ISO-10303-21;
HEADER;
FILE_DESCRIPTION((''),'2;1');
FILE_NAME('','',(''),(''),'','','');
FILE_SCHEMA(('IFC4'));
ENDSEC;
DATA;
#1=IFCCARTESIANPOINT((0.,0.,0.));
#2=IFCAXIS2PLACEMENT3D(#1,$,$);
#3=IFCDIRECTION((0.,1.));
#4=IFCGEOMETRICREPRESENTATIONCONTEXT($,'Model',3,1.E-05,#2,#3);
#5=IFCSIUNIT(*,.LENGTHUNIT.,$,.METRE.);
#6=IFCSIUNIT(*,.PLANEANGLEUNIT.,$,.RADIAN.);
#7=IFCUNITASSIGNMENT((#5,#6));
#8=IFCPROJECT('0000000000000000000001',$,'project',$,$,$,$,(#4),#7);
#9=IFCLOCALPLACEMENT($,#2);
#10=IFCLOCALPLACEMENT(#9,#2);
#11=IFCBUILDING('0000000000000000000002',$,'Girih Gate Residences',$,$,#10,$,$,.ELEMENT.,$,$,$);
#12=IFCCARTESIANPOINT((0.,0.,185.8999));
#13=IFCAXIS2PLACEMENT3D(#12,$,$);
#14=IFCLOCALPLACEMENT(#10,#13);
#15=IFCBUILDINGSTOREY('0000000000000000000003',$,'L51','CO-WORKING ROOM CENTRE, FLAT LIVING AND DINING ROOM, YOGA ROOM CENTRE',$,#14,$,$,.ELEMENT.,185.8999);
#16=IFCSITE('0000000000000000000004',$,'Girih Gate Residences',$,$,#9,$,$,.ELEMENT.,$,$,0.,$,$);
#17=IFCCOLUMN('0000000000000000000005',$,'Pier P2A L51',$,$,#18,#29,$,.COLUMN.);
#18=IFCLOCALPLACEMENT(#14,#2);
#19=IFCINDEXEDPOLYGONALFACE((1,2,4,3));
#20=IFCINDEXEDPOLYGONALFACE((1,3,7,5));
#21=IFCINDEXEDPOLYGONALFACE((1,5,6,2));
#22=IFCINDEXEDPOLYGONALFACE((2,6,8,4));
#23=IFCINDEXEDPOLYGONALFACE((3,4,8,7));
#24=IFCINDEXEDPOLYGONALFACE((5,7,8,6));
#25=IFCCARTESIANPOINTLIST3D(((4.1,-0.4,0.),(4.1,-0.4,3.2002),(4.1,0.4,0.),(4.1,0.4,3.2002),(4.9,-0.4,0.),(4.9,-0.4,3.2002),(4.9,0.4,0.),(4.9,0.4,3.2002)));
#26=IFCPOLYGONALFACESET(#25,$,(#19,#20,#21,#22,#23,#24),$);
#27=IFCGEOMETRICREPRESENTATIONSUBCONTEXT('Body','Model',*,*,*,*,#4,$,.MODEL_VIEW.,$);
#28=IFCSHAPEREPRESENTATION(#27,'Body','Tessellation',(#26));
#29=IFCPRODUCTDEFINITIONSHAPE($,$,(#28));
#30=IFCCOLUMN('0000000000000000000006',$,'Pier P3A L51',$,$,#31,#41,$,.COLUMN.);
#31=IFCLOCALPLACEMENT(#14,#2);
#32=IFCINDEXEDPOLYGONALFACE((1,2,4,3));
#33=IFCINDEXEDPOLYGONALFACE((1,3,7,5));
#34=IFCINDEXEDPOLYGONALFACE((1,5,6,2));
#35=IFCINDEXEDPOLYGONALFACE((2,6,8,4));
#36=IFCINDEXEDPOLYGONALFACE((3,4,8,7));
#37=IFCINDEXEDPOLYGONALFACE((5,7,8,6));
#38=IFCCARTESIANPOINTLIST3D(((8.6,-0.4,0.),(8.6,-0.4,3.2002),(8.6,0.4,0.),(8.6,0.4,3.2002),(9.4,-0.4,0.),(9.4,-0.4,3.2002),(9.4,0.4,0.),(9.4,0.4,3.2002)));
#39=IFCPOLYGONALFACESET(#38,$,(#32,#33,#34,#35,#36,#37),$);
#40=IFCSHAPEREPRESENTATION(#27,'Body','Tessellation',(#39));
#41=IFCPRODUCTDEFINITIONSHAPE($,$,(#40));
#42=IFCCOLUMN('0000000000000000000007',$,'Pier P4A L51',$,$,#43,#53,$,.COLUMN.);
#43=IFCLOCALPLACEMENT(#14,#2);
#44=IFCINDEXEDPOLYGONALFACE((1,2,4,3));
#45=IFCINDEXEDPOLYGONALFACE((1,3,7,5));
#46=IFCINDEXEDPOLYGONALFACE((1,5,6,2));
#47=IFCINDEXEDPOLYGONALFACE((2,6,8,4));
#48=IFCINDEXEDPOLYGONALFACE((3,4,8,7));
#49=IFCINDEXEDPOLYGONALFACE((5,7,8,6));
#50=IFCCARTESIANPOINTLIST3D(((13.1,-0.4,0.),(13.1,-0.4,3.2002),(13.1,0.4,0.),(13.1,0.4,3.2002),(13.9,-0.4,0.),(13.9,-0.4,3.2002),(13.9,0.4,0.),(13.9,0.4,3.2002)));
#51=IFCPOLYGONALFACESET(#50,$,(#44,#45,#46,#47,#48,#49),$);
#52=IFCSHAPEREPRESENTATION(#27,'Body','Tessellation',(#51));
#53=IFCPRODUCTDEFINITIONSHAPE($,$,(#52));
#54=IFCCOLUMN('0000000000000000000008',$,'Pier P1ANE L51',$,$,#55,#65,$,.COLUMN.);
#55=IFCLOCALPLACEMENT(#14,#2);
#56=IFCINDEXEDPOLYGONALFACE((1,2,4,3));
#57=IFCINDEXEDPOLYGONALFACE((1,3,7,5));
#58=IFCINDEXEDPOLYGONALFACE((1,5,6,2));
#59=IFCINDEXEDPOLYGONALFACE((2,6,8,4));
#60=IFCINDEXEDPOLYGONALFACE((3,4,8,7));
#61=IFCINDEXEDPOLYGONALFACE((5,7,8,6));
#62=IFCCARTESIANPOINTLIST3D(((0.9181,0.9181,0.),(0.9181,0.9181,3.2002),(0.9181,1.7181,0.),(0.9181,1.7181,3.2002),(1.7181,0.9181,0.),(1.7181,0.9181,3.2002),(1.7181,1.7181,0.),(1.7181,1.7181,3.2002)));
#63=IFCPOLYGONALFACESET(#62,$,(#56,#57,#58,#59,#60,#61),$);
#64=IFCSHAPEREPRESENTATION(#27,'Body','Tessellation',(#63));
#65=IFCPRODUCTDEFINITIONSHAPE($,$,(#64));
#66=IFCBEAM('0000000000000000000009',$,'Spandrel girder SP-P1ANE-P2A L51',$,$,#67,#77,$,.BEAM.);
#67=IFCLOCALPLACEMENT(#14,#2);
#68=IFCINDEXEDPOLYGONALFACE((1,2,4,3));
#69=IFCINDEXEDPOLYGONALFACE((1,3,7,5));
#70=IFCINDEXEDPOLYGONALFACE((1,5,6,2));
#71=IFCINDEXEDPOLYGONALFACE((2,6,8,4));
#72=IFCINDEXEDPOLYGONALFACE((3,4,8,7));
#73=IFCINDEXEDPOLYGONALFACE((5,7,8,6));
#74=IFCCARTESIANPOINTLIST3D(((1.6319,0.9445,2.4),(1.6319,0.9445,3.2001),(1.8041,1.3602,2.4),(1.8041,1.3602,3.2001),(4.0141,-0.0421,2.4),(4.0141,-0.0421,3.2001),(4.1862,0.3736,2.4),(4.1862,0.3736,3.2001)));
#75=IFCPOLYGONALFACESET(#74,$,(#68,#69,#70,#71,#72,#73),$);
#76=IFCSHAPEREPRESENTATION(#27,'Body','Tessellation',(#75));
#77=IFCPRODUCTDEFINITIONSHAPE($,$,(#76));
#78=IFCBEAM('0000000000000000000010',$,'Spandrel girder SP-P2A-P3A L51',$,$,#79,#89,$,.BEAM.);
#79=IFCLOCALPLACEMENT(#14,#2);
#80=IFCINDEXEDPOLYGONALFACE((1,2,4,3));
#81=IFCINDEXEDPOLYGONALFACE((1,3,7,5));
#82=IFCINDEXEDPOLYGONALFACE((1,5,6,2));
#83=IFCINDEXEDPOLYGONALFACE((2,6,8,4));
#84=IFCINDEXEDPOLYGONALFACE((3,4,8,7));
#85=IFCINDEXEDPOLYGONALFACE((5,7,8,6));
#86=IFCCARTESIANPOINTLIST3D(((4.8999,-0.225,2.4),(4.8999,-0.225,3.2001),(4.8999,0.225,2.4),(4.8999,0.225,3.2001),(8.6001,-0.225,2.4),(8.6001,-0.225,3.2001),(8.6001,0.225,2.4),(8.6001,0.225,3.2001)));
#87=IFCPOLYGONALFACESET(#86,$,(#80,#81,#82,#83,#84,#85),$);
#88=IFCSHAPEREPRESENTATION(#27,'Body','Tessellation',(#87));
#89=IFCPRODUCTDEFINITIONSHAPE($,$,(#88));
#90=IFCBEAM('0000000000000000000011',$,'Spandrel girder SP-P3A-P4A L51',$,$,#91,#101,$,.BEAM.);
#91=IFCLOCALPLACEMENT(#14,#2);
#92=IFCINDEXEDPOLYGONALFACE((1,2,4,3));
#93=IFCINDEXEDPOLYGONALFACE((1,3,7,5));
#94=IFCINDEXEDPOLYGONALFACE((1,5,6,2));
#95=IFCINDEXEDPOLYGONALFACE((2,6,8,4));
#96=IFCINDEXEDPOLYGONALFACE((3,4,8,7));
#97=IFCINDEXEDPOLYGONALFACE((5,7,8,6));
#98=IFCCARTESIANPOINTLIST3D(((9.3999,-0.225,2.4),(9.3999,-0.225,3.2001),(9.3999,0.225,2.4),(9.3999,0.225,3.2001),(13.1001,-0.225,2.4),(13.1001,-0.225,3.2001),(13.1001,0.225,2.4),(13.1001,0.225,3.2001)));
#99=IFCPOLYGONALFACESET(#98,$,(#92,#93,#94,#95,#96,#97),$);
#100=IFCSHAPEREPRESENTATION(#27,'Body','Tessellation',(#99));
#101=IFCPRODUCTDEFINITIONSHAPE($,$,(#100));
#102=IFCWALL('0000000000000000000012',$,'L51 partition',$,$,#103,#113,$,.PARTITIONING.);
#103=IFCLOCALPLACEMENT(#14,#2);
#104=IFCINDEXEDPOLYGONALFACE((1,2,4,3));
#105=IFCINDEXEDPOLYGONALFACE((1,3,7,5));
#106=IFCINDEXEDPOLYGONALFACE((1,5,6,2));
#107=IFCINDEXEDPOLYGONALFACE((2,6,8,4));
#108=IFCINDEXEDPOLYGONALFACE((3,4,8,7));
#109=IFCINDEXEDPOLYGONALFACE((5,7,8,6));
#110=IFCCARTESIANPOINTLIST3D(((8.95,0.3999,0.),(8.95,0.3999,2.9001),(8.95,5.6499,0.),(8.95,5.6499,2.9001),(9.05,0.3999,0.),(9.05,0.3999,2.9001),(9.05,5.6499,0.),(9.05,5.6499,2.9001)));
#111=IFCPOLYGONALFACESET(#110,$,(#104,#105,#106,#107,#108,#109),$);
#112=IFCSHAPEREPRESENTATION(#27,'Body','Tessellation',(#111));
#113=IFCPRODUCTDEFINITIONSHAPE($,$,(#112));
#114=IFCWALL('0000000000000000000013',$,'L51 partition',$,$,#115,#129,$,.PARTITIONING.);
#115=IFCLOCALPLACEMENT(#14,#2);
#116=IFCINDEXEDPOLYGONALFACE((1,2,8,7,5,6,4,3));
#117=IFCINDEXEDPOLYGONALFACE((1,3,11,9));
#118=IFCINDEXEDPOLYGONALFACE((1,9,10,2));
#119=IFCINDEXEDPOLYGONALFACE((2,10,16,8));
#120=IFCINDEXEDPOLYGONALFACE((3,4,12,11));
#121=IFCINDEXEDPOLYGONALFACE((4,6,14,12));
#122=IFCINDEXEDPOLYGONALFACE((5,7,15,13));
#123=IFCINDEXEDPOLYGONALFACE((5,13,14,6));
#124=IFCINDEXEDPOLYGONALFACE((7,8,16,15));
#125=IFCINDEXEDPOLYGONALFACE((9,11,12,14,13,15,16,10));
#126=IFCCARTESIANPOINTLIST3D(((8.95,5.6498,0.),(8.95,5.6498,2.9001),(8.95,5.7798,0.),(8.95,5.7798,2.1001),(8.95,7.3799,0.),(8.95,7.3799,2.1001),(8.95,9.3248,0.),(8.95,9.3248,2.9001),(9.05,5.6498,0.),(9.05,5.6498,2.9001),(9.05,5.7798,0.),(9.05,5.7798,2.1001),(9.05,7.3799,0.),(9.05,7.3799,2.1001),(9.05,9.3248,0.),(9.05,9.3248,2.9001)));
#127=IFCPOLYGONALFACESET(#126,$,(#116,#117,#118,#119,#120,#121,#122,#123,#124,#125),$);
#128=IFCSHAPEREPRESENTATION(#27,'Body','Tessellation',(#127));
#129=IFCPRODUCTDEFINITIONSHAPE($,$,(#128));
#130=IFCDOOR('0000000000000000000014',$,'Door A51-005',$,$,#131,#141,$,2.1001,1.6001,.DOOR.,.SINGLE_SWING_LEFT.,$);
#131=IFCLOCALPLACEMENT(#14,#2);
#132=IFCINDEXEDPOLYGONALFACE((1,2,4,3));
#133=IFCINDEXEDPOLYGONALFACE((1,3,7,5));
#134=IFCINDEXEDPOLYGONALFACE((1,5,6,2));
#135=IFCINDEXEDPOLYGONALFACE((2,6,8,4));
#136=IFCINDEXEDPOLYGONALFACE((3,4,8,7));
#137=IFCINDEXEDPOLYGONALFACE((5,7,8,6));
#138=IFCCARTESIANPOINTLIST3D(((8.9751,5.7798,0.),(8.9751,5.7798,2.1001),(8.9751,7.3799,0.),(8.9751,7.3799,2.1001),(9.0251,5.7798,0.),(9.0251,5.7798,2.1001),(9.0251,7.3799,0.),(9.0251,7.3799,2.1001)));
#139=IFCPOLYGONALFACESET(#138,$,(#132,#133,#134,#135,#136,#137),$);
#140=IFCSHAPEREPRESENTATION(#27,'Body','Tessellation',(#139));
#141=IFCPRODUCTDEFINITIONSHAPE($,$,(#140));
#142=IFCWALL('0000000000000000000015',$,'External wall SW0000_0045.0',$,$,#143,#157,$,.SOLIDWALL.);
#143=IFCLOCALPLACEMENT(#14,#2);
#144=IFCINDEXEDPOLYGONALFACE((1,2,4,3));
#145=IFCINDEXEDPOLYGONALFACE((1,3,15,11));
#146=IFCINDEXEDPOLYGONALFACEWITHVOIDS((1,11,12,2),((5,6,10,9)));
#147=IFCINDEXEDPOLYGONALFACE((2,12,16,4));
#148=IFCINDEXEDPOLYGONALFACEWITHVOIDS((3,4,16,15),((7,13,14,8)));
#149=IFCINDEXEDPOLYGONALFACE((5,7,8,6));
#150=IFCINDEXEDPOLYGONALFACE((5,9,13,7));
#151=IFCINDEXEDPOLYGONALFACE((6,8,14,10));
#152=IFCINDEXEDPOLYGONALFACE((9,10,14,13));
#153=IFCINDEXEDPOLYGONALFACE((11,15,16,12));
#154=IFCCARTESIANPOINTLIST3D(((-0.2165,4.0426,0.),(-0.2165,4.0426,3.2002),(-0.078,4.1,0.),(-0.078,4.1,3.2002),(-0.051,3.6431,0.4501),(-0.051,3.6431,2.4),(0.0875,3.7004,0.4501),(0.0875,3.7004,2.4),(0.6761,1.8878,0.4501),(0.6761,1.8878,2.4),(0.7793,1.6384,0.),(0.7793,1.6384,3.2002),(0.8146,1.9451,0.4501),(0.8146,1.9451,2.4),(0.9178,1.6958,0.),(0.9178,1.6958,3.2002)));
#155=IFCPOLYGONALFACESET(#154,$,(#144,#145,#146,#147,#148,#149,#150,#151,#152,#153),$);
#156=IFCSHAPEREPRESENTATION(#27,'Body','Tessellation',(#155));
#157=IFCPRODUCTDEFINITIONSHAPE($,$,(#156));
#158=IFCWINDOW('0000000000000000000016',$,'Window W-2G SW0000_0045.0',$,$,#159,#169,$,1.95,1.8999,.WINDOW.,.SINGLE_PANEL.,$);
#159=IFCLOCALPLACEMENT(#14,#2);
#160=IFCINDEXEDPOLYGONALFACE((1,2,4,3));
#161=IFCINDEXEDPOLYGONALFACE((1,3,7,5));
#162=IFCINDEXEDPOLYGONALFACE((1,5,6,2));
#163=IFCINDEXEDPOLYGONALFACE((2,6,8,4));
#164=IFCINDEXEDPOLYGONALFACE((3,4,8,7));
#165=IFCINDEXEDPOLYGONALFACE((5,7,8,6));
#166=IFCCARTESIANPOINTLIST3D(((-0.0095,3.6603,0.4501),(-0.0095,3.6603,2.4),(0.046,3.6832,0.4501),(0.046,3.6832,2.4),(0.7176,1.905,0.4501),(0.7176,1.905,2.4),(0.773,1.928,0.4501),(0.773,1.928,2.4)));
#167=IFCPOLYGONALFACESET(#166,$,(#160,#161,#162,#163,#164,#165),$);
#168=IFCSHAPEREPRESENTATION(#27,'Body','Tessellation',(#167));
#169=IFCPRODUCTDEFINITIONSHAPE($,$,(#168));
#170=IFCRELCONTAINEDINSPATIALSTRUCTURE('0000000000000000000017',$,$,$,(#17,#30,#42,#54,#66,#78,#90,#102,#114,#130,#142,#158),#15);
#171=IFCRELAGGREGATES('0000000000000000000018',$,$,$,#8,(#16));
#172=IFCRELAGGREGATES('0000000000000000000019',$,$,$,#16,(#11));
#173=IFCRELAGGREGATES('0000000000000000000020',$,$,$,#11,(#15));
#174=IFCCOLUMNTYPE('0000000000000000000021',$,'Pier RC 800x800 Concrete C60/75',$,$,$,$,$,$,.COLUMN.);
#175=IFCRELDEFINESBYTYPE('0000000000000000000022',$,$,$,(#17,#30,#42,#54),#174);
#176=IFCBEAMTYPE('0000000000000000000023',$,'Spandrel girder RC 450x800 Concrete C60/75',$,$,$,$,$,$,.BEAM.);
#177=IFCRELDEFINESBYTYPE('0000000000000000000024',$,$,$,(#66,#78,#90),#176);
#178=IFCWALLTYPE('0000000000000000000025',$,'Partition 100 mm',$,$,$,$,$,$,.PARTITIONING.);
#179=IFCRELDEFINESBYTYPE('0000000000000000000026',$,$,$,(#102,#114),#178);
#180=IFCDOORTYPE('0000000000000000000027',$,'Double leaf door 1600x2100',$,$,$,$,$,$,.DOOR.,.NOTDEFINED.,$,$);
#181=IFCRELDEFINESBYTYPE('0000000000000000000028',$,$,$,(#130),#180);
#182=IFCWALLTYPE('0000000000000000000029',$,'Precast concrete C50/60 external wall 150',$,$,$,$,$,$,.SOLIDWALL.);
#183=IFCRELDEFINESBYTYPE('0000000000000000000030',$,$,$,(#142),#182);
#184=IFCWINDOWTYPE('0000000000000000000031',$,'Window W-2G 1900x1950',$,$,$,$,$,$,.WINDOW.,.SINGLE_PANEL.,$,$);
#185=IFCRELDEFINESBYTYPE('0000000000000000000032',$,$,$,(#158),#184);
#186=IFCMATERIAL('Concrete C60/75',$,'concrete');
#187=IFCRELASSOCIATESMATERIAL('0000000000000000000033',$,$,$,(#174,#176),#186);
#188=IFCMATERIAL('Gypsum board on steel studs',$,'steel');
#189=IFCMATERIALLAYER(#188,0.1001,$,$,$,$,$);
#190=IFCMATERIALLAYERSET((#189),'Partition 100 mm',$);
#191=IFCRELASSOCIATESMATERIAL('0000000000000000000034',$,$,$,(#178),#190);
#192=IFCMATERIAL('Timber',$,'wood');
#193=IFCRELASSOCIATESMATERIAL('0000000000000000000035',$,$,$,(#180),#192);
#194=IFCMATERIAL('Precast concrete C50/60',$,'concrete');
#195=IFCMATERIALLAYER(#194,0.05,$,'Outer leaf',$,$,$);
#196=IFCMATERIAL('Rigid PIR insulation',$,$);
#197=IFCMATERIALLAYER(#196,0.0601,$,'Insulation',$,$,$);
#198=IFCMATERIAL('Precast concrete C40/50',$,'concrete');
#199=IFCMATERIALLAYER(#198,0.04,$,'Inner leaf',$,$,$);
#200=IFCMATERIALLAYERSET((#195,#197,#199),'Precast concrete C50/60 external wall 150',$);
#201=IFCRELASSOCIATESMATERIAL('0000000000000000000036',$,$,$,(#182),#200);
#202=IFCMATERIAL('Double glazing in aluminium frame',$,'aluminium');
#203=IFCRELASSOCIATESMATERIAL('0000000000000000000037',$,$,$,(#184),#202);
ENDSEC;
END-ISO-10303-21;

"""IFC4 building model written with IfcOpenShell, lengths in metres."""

from ifc_helpers import new_model, si_unit, direction, frame, frame_2d, origin, origin_2d, place, context, subcontext, project, spatial, rectangle, extrude, material, layer, layer_set, material_profile, profile_set, type_object, element, fill, save


model = new_model("IFC4")

# Units and contexts
model_context = context("Model", 3, precision=1e-05, world=origin(), true_north=direction((0.0, 1.0)))
body_context = subcontext(model_context, "Body", "Model", "MODEL_VIEW")
ifc_project = project(units=[si_unit("LENGTHUNIT", "METRE"), si_unit("PLANEANGLEUNIT", "RADIAN")], contexts=[model_context])

# Site, building, storey
site_placement = place(None, origin())
site = spatial("IfcSite", under=ifc_project, at=site_placement, Name="Girih Gate Residences", CompositionType="ELEMENT", RefElevation=0.0)
building_placement = place(site_placement, origin())
building = spatial("IfcBuilding", under=site, at=building_placement, Name="Girih Gate Residences", CompositionType="ELEMENT")
storey_placement = place(building_placement, frame((0.0, 0.0, 185.8999)))
storey = spatial("IfcBuildingStorey", under=building, at=storey_placement, Name="L51", Description="CO-WORKING ROOM CENTRE, FLAT LIVING AND DINING ROOM, YOGA ROOM CENTRE", CompositionType="ELEMENT", Elevation=185.8999)

# Columns
ifc_material_1 = material(Name="Concrete C60/75", Category="concrete")
ifc_material_profile_1 = material_profile(ifc_material_1, rectangle(XDim=0.8, YDim=0.8, at=origin_2d()))
ifc_profile_set_1 = profile_set([ifc_material_profile_1], Name="Concrete C60/75")
column_type = type_object("IfcColumnType", Name="Pier RC 800x800 Concrete C60/75", PredefinedType="COLUMN", material=ifc_profile_set_1)
for number, where, z_axis, x_axis, name in (
    (1, (4.5, 0.0, 0.0), (0.0, 0.0, 1.0), (1.0, 0.0, 0.0), "Pier P2A L51"),
    (2, (9.0, 0.0, 0.0), (0.0, 0.0, 1.0), (1.0, 0.0, 0.0), "Pier P3A L51"),
    (3, (13.5, 0.0, 0.0), (0.0, 0.0, 1.0), (1.0, 0.0, 0.0), "Pier P4A L51"),
    (4, (1.3181, 1.3181, 0.0), (0.0, 0.0, 1.0), (1.0, 0.0, 0.0), "Pier P1ANE L51"),
):
    element("IfcColumn", number, at=place(storey_placement, frame(where, z_axis=z_axis, x_axis=x_axis)), inside=storey, type_object=column_type, Name=name, PredefinedType="COLUMN", context=body_context, shape_type="SweptSolid", body=[
        extrude(rectangle(XDim=0.8, YDim=0.8, at=origin_2d()), origin(), (0.0, 0.0, 1.0), 3.2002),
    ])

# Beams
ifc_material_profile_2 = material_profile(ifc_material_1, rectangle(XDim=0.45, YDim=0.8, at=origin_2d()))
ifc_profile_set_2 = profile_set([ifc_material_profile_2], Name="Concrete C60/75")
beam_type = type_object("IfcBeamType", Name="Spandrel girder RC 450x800 Concrete C60/75", PredefinedType="BEAM", material=ifc_profile_set_2)
beam_placement = place(storey_placement, frame((1.718, 1.1523, 2.8), z_axis=(0.923896, -0.382644, 0.0), x_axis=(0.382644, 0.923896, 0.0)))
element("IfcBeam", 5, at=beam_placement, inside=storey, type_object=beam_type, Name="Spandrel girder SP-P1ANE-P2A L51", PredefinedType="BEAM", context=body_context, shape_type="SweptSolid", body=[
    extrude(rectangle(XDim=0.45, YDim=0.8, at=origin_2d()), origin(), (0.0, 0.0, 1.0), 2.5784),
])
for number, where, z_axis, x_axis, name in (
    (6, (4.8999, 0.0, 2.8), (1.0, 0.0, 0.0), (0.0, 1.0, 0.0), "Spandrel girder SP-P2A-P3A L51"),
    (7, (9.3999, 0.0, 2.8), (1.0, 0.0, 0.0), (0.0, 1.0, 0.0), "Spandrel girder SP-P3A-P4A L51"),
):
    element("IfcBeam", number, at=place(storey_placement, frame(where, z_axis=z_axis, x_axis=x_axis)), inside=storey, type_object=beam_type, Name=name, PredefinedType="BEAM", context=body_context, shape_type="SweptSolid", body=[
        extrude(rectangle(XDim=0.45, YDim=0.8, at=origin_2d()), origin(), (0.0, 0.0, 1.0), 3.7002),
    ])

# Wall
ifc_material_2 = material(Name="Gypsum board on steel studs", Category="steel")
ifc_layer_1 = layer(ifc_material_2, 0.1001)
ifc_layer_set_1 = layer_set([ifc_layer_1], Name="Partition 100 mm")
wall_type_1 = type_object("IfcWallType", Name="Partition 100 mm", PredefinedType="PARTITIONING", material=ifc_layer_set_1)
wall_1_placement = place(storey_placement, frame((9.0, 0.3999, 0.0), z_axis=(0.0, 0.0, 1.0), x_axis=(0.0, 1.0, 0.0)))
element("IfcWall", 8, at=wall_1_placement, inside=storey, type_object=wall_type_1, Name="L51 partition", PredefinedType="PARTITIONING", context=body_context, shape_type="SweptSolid", body=[
    extrude(rectangle(XDim=5.25, YDim=0.1001, at=frame_2d((2.625, 0.0))), origin(), (0.0, 0.0, 1.0), 2.9001),
])

# Wall, opening, door
wall_2_placement = place(storey_placement, frame((9.0, 5.6499, 0.0), z_axis=(0.0, 0.0, 1.0), x_axis=(0.0, 1.0, 0.0)))
wall_2 = element("IfcWall", 9, at=wall_2_placement, inside=storey, type_object=wall_type_1, Name="L51 partition", PredefinedType="PARTITIONING", context=body_context, shape_type="SweptSolid", body=[
    extrude(rectangle(XDim=3.675, YDim=0.1001, at=frame_2d((1.8374, 0.0))), origin(), (0.0, 0.0, 1.0), 2.9001),
])
opening_1_placement = place(wall_2_placement, frame((0.1299, 0.0, 0.0)))
opening_1 = element("IfcOpeningElement", 10, at=opening_1_placement, cuts=wall_2, PredefinedType="OPENING", context=body_context, shape_type="SweptSolid", body=[
    extrude(rectangle(XDim=1.6001, YDim=2.1001, at=frame_2d((0.8, 1.05))), frame((0.0, 0.0601, 0.0), z_axis=(0.0, -1.0, 0.0), x_axis=(1.0, 0.0, 0.0)), (0.0, 0.0, 1.0), 0.1201),
])
ifc_material_3 = material(Name="Timber", Category="wood")
door_type_1 = type_object("IfcDoorType", Name="Double leaf door 1600x2100", OperationType="NOTDEFINED", PredefinedType="DOOR", material=ifc_material_3)
door_1_placement = place(opening_1_placement, origin())
door_1 = element("IfcDoor", 11, at=door_1_placement, inside=storey, type_object=door_type_1, Name="Door A51-005", OperationType="SINGLE_SWING_LEFT", OverallHeight=2.1001, OverallWidth=1.6001, PredefinedType="DOOR", context=body_context, shape_type="SweptSolid", body=[
    extrude(rectangle(XDim=1.6001, YDim=2.1001, at=frame_2d((0.8, 1.05))), frame((0.0, 0.0249, 0.0), z_axis=(0.0, -1.0, 0.0), x_axis=(1.0, 0.0, 0.0)), (0.0, 0.0, 1.0), 0.05),
])
fill(opening_1, door_1)

# Wall, opening, window
ifc_material_4 = material(Name="Precast concrete C50/60", Category="concrete")
ifc_layer_2 = layer(ifc_material_4, 0.05, Name="Outer leaf")
ifc_material_5 = material(Name="Rigid PIR insulation")
ifc_layer_3 = layer(ifc_material_5, 0.0601, Name="Insulation")
ifc_material_6 = material(Name="Precast concrete C40/50", Category="concrete")
ifc_layer_4 = layer(ifc_material_6, 0.04, Name="Inner leaf")
ifc_layer_set_2 = layer_set([ifc_layer_2, ifc_layer_3, ifc_layer_4], Name="Precast concrete C50/60 external wall 150")
wall_type_2 = type_object("IfcWallType", Name="Precast concrete C50/60 external wall 150", PredefinedType="SOLIDWALL", material=ifc_layer_set_2)
wall_3_placement = place(storey_placement, frame((0.8486, 1.667, 0.0), z_axis=(0.0, 0.0, 1.0), x_axis=(-0.382669, 0.923885, 0.0)))
wall_3 = element("IfcWall", 12, at=wall_3_placement, inside=storey, type_object=wall_type_2, Name="External wall SW0000_0045.0", PredefinedType="SOLIDWALL", context=body_context, shape_type="SweptSolid", body=[
    extrude(rectangle(XDim=2.6023, YDim=0.1499, at=frame_2d((1.3013, 0.0))), origin(), (0.0, 0.0, 1.0), 3.2002),
])
opening_2_placement = place(wall_3_placement, frame((0.27, 0.0, 0.45)))
opening_2 = element("IfcOpeningElement", 13, at=opening_2_placement, cuts=wall_3, PredefinedType="OPENING", context=body_context, shape_type="SweptSolid", body=[
    extrude(rectangle(XDim=1.8999, YDim=1.95, at=frame_2d((0.95, 0.9751))), frame((0.0, 0.085, 0.0), z_axis=(0.0, -1.0, 0.0), x_axis=(1.0, 0.0, 0.0)), (0.0, 0.0, 1.0), 0.1699),
])
ifc_material_7 = material(Name="Double glazing in aluminium frame", Category="aluminium")
window_type_1 = type_object("IfcWindowType", Name="Window W-2G 1900x1950", PartitioningType="SINGLE_PANEL", PredefinedType="WINDOW", material=ifc_material_7)
window_1_placement = place(opening_2_placement, origin())
window_1 = element("IfcWindow", 14, at=window_1_placement, inside=storey, type_object=window_type_1, Name="Window W-2G SW0000_0045.0", OverallHeight=1.95, OverallWidth=1.8999, PartitioningType="SINGLE_PANEL", PredefinedType="WINDOW", context=body_context, shape_type="SweptSolid", body=[
    extrude(rectangle(XDim=1.8999, YDim=1.95, at=frame_2d((0.95, 0.9751))), frame((0.0, 0.03, 0.0), z_axis=(0.0, -1.0, 0.0), x_axis=(1.0, 0.0, 0.0)), (0.0, 0.0, 1.0), 0.0601),
])
fill(opening_2, window_1)

save(model, "model.ifc")
